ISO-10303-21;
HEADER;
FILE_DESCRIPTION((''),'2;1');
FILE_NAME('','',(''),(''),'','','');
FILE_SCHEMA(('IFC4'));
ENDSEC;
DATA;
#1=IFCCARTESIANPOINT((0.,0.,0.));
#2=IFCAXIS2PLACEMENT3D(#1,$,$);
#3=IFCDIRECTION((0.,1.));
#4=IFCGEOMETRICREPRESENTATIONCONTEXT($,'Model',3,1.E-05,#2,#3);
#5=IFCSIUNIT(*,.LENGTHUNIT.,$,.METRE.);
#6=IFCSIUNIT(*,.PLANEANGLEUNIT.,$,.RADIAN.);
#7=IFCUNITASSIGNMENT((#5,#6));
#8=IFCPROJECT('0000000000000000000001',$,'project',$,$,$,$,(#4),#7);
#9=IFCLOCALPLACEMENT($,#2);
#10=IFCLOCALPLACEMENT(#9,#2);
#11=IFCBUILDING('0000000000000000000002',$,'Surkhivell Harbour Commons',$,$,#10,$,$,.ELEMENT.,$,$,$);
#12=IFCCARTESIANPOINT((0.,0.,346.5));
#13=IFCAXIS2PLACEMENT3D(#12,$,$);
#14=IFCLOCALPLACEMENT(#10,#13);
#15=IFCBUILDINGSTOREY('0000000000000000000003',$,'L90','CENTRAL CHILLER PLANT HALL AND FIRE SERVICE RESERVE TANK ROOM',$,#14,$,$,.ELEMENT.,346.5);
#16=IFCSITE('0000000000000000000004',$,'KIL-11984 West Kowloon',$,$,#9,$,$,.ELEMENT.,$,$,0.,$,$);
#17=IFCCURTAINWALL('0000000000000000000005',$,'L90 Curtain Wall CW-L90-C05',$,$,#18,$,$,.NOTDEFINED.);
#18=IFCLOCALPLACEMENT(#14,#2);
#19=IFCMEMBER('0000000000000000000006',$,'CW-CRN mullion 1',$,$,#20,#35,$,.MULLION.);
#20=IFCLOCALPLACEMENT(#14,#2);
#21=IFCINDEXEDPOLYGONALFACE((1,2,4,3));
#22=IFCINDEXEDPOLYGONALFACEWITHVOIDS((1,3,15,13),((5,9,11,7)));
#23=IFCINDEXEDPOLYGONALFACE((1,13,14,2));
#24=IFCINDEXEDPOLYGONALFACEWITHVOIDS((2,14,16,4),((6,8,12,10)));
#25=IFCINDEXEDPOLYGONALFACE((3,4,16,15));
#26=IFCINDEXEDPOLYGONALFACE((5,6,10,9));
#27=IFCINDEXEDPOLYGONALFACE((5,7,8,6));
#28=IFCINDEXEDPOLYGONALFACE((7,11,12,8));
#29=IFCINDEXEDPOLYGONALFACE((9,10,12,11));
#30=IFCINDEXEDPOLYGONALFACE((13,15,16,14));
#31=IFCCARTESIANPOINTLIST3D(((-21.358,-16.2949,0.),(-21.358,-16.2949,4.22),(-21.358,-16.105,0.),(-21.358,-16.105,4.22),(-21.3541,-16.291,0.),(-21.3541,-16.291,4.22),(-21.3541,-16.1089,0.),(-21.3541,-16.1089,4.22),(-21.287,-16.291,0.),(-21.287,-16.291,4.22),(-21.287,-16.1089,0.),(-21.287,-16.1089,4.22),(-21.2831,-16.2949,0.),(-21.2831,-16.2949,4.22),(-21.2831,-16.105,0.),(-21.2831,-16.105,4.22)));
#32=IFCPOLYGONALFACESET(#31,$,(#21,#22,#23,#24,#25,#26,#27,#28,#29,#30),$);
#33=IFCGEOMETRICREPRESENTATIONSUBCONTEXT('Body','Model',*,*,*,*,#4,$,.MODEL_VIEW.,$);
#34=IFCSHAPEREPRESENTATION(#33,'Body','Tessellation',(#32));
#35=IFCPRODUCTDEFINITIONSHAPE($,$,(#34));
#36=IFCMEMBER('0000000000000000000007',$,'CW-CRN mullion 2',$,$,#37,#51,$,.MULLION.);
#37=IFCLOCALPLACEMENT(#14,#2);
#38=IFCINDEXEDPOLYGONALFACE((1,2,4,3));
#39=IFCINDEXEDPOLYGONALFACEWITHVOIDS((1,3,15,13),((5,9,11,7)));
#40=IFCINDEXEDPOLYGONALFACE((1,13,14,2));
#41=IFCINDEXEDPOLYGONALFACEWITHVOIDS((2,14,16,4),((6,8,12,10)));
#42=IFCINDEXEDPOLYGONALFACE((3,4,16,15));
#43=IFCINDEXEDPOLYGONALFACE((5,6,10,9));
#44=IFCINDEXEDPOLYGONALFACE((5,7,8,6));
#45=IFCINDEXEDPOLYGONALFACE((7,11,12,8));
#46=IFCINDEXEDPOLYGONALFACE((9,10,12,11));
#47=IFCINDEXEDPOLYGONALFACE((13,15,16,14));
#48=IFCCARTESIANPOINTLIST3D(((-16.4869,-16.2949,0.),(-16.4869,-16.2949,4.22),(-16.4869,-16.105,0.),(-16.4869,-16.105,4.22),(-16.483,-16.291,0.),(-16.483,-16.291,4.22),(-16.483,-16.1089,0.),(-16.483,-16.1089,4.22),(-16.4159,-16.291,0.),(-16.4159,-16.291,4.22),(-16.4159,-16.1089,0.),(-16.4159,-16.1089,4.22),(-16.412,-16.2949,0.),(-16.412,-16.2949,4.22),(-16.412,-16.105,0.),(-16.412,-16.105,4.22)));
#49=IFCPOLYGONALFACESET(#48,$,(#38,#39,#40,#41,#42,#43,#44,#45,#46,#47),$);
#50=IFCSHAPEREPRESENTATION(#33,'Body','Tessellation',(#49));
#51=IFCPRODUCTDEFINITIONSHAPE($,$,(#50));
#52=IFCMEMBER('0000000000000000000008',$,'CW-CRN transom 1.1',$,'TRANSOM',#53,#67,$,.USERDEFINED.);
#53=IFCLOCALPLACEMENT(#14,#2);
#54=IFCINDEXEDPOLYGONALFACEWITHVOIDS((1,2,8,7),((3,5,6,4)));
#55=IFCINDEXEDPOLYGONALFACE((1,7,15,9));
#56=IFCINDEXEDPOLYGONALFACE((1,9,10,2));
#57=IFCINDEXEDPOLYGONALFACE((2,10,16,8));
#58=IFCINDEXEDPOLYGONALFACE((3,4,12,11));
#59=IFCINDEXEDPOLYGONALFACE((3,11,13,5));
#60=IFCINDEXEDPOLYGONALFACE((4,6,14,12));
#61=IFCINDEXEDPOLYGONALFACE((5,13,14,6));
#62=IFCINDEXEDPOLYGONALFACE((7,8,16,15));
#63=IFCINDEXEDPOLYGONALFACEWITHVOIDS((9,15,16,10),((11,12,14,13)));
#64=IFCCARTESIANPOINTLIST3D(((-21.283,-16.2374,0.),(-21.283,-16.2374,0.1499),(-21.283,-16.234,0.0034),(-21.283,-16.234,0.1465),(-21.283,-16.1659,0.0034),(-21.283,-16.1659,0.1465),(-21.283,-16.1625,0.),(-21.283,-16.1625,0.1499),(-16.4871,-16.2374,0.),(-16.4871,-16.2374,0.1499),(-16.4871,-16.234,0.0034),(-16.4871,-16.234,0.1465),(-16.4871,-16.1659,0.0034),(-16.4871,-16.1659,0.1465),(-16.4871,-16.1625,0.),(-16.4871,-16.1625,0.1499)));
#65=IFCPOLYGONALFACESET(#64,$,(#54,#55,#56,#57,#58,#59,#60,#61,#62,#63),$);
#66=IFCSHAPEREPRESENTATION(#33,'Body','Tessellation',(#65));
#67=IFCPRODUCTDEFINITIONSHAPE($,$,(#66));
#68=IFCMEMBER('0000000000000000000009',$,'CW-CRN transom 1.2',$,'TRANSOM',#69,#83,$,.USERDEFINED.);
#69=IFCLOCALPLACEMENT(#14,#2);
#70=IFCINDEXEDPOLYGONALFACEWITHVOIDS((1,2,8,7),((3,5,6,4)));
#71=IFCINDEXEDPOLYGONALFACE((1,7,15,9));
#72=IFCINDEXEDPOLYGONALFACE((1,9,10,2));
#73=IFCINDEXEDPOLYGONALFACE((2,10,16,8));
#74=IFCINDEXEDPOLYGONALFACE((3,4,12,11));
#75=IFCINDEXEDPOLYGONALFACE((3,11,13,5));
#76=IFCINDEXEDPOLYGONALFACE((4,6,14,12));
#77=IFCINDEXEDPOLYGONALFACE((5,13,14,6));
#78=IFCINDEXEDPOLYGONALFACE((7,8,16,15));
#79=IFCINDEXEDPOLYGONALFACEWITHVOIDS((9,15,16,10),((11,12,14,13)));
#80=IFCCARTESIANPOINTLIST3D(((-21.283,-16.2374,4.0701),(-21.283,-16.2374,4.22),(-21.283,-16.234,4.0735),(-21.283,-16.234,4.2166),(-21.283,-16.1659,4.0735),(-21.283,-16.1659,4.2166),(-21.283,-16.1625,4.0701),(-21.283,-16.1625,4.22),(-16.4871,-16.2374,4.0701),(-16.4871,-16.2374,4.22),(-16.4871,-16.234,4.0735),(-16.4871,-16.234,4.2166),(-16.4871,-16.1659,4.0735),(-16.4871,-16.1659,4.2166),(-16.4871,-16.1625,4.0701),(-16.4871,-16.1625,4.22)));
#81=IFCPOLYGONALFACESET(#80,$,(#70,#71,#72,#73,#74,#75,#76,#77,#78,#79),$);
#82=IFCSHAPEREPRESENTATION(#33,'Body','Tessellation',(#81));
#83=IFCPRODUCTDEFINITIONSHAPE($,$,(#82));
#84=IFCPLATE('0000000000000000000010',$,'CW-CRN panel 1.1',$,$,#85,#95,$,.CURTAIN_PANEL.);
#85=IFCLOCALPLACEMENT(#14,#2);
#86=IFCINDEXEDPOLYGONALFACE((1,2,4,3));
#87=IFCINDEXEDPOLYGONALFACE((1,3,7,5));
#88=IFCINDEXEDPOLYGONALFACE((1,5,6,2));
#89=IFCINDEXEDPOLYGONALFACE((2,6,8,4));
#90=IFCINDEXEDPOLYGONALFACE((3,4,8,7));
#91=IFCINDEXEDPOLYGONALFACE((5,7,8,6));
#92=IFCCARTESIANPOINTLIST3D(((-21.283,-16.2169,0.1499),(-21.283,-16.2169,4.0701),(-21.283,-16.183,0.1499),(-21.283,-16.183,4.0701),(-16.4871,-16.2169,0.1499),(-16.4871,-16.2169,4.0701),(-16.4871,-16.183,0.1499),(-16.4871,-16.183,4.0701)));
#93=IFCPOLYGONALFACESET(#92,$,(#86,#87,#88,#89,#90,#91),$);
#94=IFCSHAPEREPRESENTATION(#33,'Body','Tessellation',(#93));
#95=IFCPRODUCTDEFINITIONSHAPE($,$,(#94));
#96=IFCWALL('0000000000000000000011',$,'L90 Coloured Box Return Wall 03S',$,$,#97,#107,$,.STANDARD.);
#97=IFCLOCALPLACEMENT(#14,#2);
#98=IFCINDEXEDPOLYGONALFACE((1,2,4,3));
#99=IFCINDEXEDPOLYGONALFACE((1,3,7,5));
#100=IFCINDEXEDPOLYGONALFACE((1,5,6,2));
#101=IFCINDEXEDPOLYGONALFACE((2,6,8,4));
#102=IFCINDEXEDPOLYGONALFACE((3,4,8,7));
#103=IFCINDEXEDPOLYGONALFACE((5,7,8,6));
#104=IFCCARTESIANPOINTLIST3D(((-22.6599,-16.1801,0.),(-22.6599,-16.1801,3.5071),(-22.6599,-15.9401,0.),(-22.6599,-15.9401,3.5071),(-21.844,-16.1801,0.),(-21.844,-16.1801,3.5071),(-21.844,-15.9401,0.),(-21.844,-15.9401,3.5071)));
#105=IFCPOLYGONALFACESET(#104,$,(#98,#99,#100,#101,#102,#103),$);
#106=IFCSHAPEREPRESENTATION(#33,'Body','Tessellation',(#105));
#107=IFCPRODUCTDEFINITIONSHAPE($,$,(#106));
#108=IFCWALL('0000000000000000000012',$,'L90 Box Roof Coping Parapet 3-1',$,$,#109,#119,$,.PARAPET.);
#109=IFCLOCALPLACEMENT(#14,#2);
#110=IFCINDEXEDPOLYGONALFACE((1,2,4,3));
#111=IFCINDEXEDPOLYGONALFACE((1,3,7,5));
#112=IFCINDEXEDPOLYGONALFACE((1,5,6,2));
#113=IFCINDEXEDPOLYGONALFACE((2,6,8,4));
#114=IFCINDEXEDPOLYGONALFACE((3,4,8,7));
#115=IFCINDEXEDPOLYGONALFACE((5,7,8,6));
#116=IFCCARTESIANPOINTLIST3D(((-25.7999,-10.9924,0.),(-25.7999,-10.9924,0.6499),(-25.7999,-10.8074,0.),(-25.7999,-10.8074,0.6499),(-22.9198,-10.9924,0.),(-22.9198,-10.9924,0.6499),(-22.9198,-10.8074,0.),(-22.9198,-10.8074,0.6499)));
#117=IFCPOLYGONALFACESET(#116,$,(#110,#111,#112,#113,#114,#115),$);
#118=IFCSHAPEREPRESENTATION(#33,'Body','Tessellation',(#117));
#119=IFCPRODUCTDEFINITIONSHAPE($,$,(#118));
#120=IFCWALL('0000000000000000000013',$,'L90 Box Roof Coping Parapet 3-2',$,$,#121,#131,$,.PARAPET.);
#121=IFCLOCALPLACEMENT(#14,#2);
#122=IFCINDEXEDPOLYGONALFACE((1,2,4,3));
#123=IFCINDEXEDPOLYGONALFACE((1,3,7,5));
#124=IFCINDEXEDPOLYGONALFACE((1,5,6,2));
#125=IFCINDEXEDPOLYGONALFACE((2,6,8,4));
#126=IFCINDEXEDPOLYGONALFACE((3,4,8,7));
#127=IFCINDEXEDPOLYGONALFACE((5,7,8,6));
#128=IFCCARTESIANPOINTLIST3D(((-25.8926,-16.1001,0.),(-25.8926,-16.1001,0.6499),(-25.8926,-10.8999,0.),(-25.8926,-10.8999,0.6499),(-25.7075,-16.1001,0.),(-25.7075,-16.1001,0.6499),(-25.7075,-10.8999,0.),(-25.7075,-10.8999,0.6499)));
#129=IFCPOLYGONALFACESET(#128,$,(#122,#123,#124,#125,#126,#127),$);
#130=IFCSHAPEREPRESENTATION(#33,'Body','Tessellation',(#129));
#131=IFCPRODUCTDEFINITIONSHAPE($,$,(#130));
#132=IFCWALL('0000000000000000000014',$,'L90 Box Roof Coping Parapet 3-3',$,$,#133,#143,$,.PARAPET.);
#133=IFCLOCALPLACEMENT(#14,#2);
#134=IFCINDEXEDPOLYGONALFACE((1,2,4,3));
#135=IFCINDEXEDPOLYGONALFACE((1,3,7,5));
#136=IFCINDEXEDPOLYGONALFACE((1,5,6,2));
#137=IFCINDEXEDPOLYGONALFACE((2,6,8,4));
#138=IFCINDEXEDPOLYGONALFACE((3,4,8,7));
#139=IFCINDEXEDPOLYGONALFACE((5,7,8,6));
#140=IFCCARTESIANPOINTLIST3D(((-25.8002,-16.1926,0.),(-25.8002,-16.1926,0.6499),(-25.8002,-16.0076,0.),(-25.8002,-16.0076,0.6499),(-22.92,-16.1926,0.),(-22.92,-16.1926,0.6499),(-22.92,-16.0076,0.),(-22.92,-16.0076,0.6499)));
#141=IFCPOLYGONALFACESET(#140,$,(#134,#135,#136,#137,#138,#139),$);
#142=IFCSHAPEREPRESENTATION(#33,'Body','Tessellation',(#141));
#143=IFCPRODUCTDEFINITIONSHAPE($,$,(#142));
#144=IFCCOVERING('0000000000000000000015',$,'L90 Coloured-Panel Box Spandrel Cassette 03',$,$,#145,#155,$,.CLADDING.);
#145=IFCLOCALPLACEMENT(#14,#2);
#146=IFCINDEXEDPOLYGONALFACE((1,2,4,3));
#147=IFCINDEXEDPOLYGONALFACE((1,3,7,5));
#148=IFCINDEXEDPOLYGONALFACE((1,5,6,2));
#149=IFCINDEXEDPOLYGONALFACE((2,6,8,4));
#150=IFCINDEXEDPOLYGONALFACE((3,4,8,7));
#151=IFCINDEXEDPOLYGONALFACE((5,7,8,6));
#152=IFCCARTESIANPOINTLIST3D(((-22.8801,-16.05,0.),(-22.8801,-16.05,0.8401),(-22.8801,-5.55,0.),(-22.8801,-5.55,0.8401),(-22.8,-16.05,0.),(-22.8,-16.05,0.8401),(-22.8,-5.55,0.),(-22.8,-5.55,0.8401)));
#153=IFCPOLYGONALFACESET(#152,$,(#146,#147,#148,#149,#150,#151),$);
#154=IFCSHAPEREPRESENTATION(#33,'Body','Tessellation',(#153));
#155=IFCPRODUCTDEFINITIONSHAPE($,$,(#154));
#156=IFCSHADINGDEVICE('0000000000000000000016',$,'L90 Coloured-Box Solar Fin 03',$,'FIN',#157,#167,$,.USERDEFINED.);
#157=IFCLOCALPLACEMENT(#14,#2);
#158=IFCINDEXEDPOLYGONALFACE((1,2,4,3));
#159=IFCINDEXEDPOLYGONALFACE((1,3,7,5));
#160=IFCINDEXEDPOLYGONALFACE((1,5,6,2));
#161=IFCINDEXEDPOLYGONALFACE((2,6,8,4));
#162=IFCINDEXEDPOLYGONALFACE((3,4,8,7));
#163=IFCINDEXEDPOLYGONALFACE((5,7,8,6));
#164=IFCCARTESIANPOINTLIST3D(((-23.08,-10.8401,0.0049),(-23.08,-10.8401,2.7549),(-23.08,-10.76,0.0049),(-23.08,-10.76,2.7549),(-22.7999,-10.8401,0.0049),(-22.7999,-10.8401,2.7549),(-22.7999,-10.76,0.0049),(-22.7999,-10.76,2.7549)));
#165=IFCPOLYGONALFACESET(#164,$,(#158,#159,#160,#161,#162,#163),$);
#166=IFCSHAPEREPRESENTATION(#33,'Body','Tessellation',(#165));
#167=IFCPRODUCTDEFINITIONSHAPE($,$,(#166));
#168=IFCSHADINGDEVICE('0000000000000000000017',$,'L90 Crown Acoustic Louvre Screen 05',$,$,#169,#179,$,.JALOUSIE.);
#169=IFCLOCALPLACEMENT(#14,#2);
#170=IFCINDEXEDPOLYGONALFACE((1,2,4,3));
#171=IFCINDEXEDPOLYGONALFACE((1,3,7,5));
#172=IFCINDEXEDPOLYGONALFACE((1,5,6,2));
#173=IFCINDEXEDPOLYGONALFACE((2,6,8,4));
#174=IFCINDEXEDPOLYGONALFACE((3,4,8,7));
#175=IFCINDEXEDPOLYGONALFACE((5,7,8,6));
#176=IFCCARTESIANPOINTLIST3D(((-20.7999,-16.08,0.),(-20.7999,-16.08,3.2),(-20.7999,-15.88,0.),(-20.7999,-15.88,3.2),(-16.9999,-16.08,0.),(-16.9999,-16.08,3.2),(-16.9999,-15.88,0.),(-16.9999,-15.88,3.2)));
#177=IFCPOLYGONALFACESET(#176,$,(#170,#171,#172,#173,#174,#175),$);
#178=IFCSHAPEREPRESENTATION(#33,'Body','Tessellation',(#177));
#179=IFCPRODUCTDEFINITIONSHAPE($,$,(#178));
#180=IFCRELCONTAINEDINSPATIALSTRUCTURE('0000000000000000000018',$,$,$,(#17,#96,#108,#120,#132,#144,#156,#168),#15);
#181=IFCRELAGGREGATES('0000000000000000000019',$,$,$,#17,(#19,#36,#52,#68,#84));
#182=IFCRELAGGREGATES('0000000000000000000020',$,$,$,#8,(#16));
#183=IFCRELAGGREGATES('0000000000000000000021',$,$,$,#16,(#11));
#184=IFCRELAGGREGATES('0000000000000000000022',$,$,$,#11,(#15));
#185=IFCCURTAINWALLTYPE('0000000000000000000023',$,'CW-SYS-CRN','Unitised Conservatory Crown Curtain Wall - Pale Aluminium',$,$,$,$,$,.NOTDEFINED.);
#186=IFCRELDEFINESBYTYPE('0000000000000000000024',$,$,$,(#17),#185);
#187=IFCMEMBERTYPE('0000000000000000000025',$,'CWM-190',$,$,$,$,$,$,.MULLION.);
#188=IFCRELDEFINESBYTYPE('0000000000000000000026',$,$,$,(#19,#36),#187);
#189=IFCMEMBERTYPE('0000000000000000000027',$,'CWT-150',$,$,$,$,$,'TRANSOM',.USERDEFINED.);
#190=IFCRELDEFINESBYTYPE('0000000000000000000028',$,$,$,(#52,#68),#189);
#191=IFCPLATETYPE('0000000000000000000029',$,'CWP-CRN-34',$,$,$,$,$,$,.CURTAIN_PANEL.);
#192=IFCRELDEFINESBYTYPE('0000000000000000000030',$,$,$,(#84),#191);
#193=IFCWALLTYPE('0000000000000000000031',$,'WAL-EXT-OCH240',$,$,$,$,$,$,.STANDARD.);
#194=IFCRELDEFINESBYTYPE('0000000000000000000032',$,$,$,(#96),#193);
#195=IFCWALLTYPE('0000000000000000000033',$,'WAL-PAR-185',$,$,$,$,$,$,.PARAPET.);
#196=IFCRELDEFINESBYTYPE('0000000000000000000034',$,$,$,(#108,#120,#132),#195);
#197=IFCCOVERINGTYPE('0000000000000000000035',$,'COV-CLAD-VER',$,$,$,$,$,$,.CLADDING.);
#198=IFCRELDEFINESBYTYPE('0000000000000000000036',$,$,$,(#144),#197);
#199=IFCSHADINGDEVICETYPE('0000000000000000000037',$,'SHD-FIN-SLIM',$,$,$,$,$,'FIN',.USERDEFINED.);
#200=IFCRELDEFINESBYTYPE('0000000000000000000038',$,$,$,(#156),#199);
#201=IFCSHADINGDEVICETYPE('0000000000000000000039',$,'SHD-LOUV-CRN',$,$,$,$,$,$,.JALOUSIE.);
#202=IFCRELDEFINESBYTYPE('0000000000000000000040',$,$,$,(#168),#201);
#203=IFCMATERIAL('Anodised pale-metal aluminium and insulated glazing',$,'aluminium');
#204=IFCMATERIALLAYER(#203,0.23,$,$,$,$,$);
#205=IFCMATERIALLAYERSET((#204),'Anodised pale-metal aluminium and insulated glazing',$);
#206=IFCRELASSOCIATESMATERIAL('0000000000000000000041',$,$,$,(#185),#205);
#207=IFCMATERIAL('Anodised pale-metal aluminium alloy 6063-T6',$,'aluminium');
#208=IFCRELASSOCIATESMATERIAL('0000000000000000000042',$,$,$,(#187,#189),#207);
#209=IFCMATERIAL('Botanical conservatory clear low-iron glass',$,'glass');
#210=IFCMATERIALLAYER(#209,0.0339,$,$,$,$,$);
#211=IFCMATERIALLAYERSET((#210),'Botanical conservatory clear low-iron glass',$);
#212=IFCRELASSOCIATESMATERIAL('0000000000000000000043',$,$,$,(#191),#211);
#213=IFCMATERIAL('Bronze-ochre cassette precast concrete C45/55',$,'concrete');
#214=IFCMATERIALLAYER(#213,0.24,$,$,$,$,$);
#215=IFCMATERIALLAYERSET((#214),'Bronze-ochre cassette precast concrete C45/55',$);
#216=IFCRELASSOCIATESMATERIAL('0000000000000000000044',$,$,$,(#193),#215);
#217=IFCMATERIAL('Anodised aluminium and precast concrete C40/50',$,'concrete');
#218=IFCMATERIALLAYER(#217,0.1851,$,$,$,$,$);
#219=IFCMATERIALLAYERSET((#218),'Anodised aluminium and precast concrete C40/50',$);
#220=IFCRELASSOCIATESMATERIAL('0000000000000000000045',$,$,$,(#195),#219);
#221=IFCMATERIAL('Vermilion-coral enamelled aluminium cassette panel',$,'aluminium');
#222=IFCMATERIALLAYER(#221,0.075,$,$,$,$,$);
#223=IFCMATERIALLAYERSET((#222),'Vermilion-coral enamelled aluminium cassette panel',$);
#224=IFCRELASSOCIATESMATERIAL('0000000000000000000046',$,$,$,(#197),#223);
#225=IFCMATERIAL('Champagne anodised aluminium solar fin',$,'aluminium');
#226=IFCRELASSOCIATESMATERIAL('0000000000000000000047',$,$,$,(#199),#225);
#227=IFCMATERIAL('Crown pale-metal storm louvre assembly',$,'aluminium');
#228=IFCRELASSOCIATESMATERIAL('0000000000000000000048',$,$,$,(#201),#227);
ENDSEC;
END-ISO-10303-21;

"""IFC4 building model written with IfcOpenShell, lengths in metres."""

from ifc_helpers import new_model, si_unit, direction, frame, frame_2d, origin, origin_2d, place, context, subcontext, project, spatial, rectangle, hollow_rectangle, extrude, material, layer, layer_set, material_profile, profile_set, type_object, element, aggregate, save


model = new_model("IFC4")

# Units and contexts
model_context = context("Model", 3, precision=1e-05, world=origin(), true_north=direction((0.0, 1.0)))
body_context = subcontext(model_context, "Body", "Model", "MODEL_VIEW")
ifc_project = project(units=[si_unit("LENGTHUNIT", "METRE"), si_unit("PLANEANGLEUNIT", "RADIAN")], contexts=[model_context])

# Site, building, storey
site_placement = place(None, origin())
site = spatial("IfcSite", under=ifc_project, at=site_placement, Name="KIL-11984 West Kowloon", CompositionType="ELEMENT", RefElevation=0.0)
building_placement = place(site_placement, origin())
building = spatial("IfcBuilding", under=site, at=building_placement, Name="Surkhivell Harbour Commons", CompositionType="ELEMENT")
storey_placement = place(building_placement, frame((0.0, 0.0, 346.5)))
storey = spatial("IfcBuildingStorey", under=building, at=storey_placement, Name="L90", Description="CENTRAL CHILLER PLANT HALL AND FIRE SERVICE RESERVE TANK ROOM", CompositionType="ELEMENT", Elevation=346.5)

# Curtain wall, members, plate
ifc_material_1 = material(Name="Anodised pale-metal aluminium and insulated glazing", Category="aluminium")
ifc_layer_1 = layer(ifc_material_1, 0.23)
ifc_layer_set_1 = layer_set([ifc_layer_1], Name="Anodised pale-metal aluminium and insulated glazing")
curtain_wall_type = type_object("IfcCurtainWallType", Name="CW-SYS-CRN", Description="Unitised Conservatory Crown Curtain Wall - Pale Aluminium", PredefinedType="NOTDEFINED", material=ifc_layer_set_1)
curtain_wall_placement = place(storey_placement, origin())
curtain_wall = element("IfcCurtainWall", 1, at=curtain_wall_placement, inside=storey, type_object=curtain_wall_type, Name="L90 Curtain Wall CW-L90-C05", PredefinedType="NOTDEFINED")
ifc_material_2 = material(Name="Anodised pale-metal aluminium alloy 6063-T6", Category="aluminium")
ifc_material_profile_1 = material_profile(ifc_material_2, hollow_rectangle(XDim=0.075, YDim=0.1899, WallThickness=0.0039, at=origin_2d()), Name="ALU-MULL-75x190")
ifc_profile_set_1 = profile_set([ifc_material_profile_1], Name="Anodised pale-metal aluminium alloy 6063-T6")
member_type_1 = type_object("IfcMemberType", Name="CWM-190", PredefinedType="MULLION", material=ifc_profile_set_1)
member_1_placement = place(storey_placement, frame((-21.3206, -16.2, 0.0), z_axis=(0.0, 0.0, 1.0), x_axis=(1.0, 0.0, 0.0)))
member_1 = element("IfcMember", 2, at=member_1_placement, type_object=member_type_1, Name="CW-CRN mullion 1", PredefinedType="MULLION", context=body_context, shape_type="SweptSolid", body=[
    extrude(hollow_rectangle(XDim=0.075, YDim=0.1899, WallThickness=0.0039, at=origin_2d()), origin(), (0.0, 0.0, 1.0), 4.22),
])
member_2_placement = place(storey_placement, frame((-16.4495, -16.2, 0.0), z_axis=(0.0, 0.0, 1.0), x_axis=(1.0, 0.0, 0.0)))
member_2 = element("IfcMember", 3, at=member_2_placement, type_object=member_type_1, Name="CW-CRN mullion 2", PredefinedType="MULLION", context=body_context, shape_type="SweptSolid", body=[
    extrude(hollow_rectangle(XDim=0.075, YDim=0.1899, WallThickness=0.0039, at=origin_2d()), origin(), (0.0, 0.0, 1.0), 4.22),
])
ifc_material_profile_2 = material_profile(ifc_material_2, hollow_rectangle(XDim=0.075, YDim=0.1499, WallThickness=0.0034, at=origin_2d()), Name="ALU-TRAN-75x150")
ifc_profile_set_2 = profile_set([ifc_material_profile_2], Name="Anodised pale-metal aluminium alloy 6063-T6")
member_type_2 = type_object("IfcMemberType", Name="CWT-150", ElementType="TRANSOM", PredefinedType="USERDEFINED", material=ifc_profile_set_2)
member_3_placement = place(storey_placement, frame((-21.283, -16.2, 0.075), z_axis=(1.0, 0.0, 0.0), x_axis=(0.0, 1.0, 0.0)))
member_3 = element("IfcMember", 4, at=member_3_placement, type_object=member_type_2, Name="CW-CRN transom 1.1", ObjectType="TRANSOM", PredefinedType="USERDEFINED", context=body_context, shape_type="SweptSolid", body=[
    extrude(hollow_rectangle(XDim=0.075, YDim=0.1499, WallThickness=0.0034, at=origin_2d()), origin(), (0.0, 0.0, 1.0), 4.7959),
])
member_4_placement = place(storey_placement, frame((-21.283, -16.2, 4.145), z_axis=(1.0, 0.0, 0.0), x_axis=(0.0, 1.0, 0.0)))
member_4 = element("IfcMember", 5, at=member_4_placement, type_object=member_type_2, Name="CW-CRN transom 1.2", ObjectType="TRANSOM", PredefinedType="USERDEFINED", context=body_context, shape_type="SweptSolid", body=[
    extrude(hollow_rectangle(XDim=0.075, YDim=0.1499, WallThickness=0.0034, at=origin_2d()), origin(), (0.0, 0.0, 1.0), 4.7959),
])
ifc_material_3 = material(Name="Botanical conservatory clear low-iron glass", Category="glass")
ifc_layer_2 = layer(ifc_material_3, 0.0339)
ifc_layer_set_2 = layer_set([ifc_layer_2], Name="Botanical conservatory clear low-iron glass")
plate_type = type_object("IfcPlateType", Name="CWP-CRN-34", PredefinedType="CURTAIN_PANEL", material=ifc_layer_set_2)
plate_placement = place(storey_placement, frame((-21.283, -16.2, 0.1499), z_axis=(0.0, 0.0, 1.0), x_axis=(1.0, 0.0, 0.0)))
plate = element("IfcPlate", 6, at=plate_placement, type_object=plate_type, Name="CW-CRN panel 1.1", PredefinedType="CURTAIN_PANEL", context=body_context, shape_type="SweptSolid", body=[
    extrude(rectangle(XDim=4.7959, YDim=0.0339, at=frame_2d((2.3979, 0.0))), origin(), (0.0, 0.0, 1.0), 3.9202),
])
aggregate(curtain_wall, [member_1, member_2, member_3, member_4, plate])

# Walls
ifc_material_4 = material(Name="Bronze-ochre cassette precast concrete C45/55", Category="concrete")
ifc_layer_3 = layer(ifc_material_4, 0.24)
ifc_layer_set_3 = layer_set([ifc_layer_3], Name="Bronze-ochre cassette precast concrete C45/55")
wall_type_1 = type_object("IfcWallType", Name="WAL-EXT-OCH240", PredefinedType="STANDARD", material=ifc_layer_set_3)
wall_1_placement = place(storey_placement, frame((-22.6599, -16.0601, 0.0), z_axis=(0.0, 0.0, 1.0), x_axis=(1.0, 0.0, 0.0)))
element("IfcWall", 7, at=wall_1_placement, inside=storey, type_object=wall_type_1, Name="L90 Coloured Box Return Wall 03S", PredefinedType="STANDARD", context=body_context, shape_type="SweptSolid", body=[
    extrude(rectangle(XDim=0.8159, YDim=0.24, at=frame_2d((0.408, 0.0))), origin(), (0.0, 0.0, 1.0), 3.5071),
])
ifc_material_5 = material(Name="Anodised aluminium and precast concrete C40/50", Category="concrete")
ifc_layer_4 = layer(ifc_material_5, 0.1851)
ifc_layer_set_4 = layer_set([ifc_layer_4], Name="Anodised aluminium and precast concrete C40/50")
wall_type_2 = type_object("IfcWallType", Name="WAL-PAR-185", PredefinedType="PARAPET", material=ifc_layer_set_4)
wall_2_placement = place(storey_placement, frame((-22.9199, -10.8999, 0.0), z_axis=(0.0, 0.0, 1.0), x_axis=(-1.0, 0.0, 0.0)))
element("IfcWall", 8, at=wall_2_placement, inside=storey, type_object=wall_type_2, Name="L90 Box Roof Coping Parapet 3-1", PredefinedType="PARAPET", context=body_context, shape_type="SweptSolid", body=[
    extrude(rectangle(XDim=2.8801, YDim=0.1851, at=frame_2d((1.4399, 0.0))), origin(), (0.0, 0.0, 1.0), 0.6499),
])
wall_3_placement = place(storey_placement, frame((-25.8, -10.8999, 0.0), z_axis=(0.0, 0.0, 1.0), x_axis=(0.0, -1.0, 0.0)))
element("IfcWall", 9, at=wall_3_placement, inside=storey, type_object=wall_type_2, Name="L90 Box Roof Coping Parapet 3-2", PredefinedType="PARAPET", context=body_context, shape_type="SweptSolid", body=[
    extrude(rectangle(XDim=5.2002, YDim=0.1851, at=frame_2d((2.6001, 0.0))), origin(), (0.0, 0.0, 1.0), 0.6499),
])
wall_4_placement = place(storey_placement, frame((-25.8, -16.1001, 0.0), z_axis=(0.0, 0.0, 1.0), x_axis=(1.0, 0.0, 0.0)))
element("IfcWall", 10, at=wall_4_placement, inside=storey, type_object=wall_type_2, Name="L90 Box Roof Coping Parapet 3-3", PredefinedType="PARAPET", context=body_context, shape_type="SweptSolid", body=[
    extrude(rectangle(XDim=2.8801, YDim=0.1851, at=frame_2d((1.4399, 0.0))), origin(), (0.0, 0.0, 1.0), 0.6499),
])

# Covering
ifc_material_6 = material(Name="Vermilion-coral enamelled aluminium cassette panel", Category="aluminium")
ifc_layer_5 = layer(ifc_material_6, 0.075)
ifc_layer_set_5 = layer_set([ifc_layer_5], Name="Vermilion-coral enamelled aluminium cassette panel")
covering_type = type_object("IfcCoveringType", Name="COV-CLAD-VER", PredefinedType="CLADDING", material=ifc_layer_set_5)
covering_placement = place(storey_placement, frame((-22.8401, -10.8, 0.0), z_axis=(0.0, 0.0, 1.0), x_axis=(1.0, 0.0, 0.0)))
element("IfcCovering", 11, at=covering_placement, inside=storey, type_object=covering_type, Name="L90 Coloured-Panel Box Spandrel Cassette 03", PredefinedType="CLADDING", context=body_context, shape_type="SweptSolid", body=[
    extrude(rectangle(XDim=0.0801, YDim=10.5, at=origin_2d()), origin(), (0.0, 0.0, 1.0), 0.8401),
])

# Shading devices
ifc_material_7 = material(Name="Champagne anodised aluminium solar fin", Category="aluminium")
shading_device_type_1 = type_object("IfcShadingDeviceType", Name="SHD-FIN-SLIM", ElementType="FIN", PredefinedType="USERDEFINED", material=ifc_material_7)
shading_device_1_placement = place(storey_placement, frame((-22.9399, -10.8, 0.0049), z_axis=(0.0, 0.0, 1.0), x_axis=(1.0, 0.0, 0.0)))
element("IfcShadingDevice", 12, at=shading_device_1_placement, inside=storey, type_object=shading_device_type_1, Name="L90 Coloured-Box Solar Fin 03", ObjectType="FIN", PredefinedType="USERDEFINED", context=body_context, shape_type="SweptSolid", body=[
    extrude(rectangle(XDim=0.28, YDim=0.0801, at=origin_2d()), origin(), (0.0, 0.0, 1.0), 2.75),
])
ifc_material_8 = material(Name="Crown pale-metal storm louvre assembly", Category="aluminium")
shading_device_type_2 = type_object("IfcShadingDeviceType", Name="SHD-LOUV-CRN", PredefinedType="JALOUSIE", material=ifc_material_8)
shading_device_2_placement = place(storey_placement, frame((-18.8999, -15.98, 0.0), z_axis=(0.0, 0.0, 1.0), x_axis=(1.0, 0.0, 0.0)))
element("IfcShadingDevice", 13, at=shading_device_2_placement, inside=storey, type_object=shading_device_type_2, Name="L90 Crown Acoustic Louvre Screen 05", PredefinedType="JALOUSIE", context=body_context, shape_type="SweptSolid", body=[
    extrude(rectangle(XDim=3.8, YDim=0.2, at=origin_2d()), origin(), (0.0, 0.0, 1.0), 3.2),
])

save(model, "model.ifc")
